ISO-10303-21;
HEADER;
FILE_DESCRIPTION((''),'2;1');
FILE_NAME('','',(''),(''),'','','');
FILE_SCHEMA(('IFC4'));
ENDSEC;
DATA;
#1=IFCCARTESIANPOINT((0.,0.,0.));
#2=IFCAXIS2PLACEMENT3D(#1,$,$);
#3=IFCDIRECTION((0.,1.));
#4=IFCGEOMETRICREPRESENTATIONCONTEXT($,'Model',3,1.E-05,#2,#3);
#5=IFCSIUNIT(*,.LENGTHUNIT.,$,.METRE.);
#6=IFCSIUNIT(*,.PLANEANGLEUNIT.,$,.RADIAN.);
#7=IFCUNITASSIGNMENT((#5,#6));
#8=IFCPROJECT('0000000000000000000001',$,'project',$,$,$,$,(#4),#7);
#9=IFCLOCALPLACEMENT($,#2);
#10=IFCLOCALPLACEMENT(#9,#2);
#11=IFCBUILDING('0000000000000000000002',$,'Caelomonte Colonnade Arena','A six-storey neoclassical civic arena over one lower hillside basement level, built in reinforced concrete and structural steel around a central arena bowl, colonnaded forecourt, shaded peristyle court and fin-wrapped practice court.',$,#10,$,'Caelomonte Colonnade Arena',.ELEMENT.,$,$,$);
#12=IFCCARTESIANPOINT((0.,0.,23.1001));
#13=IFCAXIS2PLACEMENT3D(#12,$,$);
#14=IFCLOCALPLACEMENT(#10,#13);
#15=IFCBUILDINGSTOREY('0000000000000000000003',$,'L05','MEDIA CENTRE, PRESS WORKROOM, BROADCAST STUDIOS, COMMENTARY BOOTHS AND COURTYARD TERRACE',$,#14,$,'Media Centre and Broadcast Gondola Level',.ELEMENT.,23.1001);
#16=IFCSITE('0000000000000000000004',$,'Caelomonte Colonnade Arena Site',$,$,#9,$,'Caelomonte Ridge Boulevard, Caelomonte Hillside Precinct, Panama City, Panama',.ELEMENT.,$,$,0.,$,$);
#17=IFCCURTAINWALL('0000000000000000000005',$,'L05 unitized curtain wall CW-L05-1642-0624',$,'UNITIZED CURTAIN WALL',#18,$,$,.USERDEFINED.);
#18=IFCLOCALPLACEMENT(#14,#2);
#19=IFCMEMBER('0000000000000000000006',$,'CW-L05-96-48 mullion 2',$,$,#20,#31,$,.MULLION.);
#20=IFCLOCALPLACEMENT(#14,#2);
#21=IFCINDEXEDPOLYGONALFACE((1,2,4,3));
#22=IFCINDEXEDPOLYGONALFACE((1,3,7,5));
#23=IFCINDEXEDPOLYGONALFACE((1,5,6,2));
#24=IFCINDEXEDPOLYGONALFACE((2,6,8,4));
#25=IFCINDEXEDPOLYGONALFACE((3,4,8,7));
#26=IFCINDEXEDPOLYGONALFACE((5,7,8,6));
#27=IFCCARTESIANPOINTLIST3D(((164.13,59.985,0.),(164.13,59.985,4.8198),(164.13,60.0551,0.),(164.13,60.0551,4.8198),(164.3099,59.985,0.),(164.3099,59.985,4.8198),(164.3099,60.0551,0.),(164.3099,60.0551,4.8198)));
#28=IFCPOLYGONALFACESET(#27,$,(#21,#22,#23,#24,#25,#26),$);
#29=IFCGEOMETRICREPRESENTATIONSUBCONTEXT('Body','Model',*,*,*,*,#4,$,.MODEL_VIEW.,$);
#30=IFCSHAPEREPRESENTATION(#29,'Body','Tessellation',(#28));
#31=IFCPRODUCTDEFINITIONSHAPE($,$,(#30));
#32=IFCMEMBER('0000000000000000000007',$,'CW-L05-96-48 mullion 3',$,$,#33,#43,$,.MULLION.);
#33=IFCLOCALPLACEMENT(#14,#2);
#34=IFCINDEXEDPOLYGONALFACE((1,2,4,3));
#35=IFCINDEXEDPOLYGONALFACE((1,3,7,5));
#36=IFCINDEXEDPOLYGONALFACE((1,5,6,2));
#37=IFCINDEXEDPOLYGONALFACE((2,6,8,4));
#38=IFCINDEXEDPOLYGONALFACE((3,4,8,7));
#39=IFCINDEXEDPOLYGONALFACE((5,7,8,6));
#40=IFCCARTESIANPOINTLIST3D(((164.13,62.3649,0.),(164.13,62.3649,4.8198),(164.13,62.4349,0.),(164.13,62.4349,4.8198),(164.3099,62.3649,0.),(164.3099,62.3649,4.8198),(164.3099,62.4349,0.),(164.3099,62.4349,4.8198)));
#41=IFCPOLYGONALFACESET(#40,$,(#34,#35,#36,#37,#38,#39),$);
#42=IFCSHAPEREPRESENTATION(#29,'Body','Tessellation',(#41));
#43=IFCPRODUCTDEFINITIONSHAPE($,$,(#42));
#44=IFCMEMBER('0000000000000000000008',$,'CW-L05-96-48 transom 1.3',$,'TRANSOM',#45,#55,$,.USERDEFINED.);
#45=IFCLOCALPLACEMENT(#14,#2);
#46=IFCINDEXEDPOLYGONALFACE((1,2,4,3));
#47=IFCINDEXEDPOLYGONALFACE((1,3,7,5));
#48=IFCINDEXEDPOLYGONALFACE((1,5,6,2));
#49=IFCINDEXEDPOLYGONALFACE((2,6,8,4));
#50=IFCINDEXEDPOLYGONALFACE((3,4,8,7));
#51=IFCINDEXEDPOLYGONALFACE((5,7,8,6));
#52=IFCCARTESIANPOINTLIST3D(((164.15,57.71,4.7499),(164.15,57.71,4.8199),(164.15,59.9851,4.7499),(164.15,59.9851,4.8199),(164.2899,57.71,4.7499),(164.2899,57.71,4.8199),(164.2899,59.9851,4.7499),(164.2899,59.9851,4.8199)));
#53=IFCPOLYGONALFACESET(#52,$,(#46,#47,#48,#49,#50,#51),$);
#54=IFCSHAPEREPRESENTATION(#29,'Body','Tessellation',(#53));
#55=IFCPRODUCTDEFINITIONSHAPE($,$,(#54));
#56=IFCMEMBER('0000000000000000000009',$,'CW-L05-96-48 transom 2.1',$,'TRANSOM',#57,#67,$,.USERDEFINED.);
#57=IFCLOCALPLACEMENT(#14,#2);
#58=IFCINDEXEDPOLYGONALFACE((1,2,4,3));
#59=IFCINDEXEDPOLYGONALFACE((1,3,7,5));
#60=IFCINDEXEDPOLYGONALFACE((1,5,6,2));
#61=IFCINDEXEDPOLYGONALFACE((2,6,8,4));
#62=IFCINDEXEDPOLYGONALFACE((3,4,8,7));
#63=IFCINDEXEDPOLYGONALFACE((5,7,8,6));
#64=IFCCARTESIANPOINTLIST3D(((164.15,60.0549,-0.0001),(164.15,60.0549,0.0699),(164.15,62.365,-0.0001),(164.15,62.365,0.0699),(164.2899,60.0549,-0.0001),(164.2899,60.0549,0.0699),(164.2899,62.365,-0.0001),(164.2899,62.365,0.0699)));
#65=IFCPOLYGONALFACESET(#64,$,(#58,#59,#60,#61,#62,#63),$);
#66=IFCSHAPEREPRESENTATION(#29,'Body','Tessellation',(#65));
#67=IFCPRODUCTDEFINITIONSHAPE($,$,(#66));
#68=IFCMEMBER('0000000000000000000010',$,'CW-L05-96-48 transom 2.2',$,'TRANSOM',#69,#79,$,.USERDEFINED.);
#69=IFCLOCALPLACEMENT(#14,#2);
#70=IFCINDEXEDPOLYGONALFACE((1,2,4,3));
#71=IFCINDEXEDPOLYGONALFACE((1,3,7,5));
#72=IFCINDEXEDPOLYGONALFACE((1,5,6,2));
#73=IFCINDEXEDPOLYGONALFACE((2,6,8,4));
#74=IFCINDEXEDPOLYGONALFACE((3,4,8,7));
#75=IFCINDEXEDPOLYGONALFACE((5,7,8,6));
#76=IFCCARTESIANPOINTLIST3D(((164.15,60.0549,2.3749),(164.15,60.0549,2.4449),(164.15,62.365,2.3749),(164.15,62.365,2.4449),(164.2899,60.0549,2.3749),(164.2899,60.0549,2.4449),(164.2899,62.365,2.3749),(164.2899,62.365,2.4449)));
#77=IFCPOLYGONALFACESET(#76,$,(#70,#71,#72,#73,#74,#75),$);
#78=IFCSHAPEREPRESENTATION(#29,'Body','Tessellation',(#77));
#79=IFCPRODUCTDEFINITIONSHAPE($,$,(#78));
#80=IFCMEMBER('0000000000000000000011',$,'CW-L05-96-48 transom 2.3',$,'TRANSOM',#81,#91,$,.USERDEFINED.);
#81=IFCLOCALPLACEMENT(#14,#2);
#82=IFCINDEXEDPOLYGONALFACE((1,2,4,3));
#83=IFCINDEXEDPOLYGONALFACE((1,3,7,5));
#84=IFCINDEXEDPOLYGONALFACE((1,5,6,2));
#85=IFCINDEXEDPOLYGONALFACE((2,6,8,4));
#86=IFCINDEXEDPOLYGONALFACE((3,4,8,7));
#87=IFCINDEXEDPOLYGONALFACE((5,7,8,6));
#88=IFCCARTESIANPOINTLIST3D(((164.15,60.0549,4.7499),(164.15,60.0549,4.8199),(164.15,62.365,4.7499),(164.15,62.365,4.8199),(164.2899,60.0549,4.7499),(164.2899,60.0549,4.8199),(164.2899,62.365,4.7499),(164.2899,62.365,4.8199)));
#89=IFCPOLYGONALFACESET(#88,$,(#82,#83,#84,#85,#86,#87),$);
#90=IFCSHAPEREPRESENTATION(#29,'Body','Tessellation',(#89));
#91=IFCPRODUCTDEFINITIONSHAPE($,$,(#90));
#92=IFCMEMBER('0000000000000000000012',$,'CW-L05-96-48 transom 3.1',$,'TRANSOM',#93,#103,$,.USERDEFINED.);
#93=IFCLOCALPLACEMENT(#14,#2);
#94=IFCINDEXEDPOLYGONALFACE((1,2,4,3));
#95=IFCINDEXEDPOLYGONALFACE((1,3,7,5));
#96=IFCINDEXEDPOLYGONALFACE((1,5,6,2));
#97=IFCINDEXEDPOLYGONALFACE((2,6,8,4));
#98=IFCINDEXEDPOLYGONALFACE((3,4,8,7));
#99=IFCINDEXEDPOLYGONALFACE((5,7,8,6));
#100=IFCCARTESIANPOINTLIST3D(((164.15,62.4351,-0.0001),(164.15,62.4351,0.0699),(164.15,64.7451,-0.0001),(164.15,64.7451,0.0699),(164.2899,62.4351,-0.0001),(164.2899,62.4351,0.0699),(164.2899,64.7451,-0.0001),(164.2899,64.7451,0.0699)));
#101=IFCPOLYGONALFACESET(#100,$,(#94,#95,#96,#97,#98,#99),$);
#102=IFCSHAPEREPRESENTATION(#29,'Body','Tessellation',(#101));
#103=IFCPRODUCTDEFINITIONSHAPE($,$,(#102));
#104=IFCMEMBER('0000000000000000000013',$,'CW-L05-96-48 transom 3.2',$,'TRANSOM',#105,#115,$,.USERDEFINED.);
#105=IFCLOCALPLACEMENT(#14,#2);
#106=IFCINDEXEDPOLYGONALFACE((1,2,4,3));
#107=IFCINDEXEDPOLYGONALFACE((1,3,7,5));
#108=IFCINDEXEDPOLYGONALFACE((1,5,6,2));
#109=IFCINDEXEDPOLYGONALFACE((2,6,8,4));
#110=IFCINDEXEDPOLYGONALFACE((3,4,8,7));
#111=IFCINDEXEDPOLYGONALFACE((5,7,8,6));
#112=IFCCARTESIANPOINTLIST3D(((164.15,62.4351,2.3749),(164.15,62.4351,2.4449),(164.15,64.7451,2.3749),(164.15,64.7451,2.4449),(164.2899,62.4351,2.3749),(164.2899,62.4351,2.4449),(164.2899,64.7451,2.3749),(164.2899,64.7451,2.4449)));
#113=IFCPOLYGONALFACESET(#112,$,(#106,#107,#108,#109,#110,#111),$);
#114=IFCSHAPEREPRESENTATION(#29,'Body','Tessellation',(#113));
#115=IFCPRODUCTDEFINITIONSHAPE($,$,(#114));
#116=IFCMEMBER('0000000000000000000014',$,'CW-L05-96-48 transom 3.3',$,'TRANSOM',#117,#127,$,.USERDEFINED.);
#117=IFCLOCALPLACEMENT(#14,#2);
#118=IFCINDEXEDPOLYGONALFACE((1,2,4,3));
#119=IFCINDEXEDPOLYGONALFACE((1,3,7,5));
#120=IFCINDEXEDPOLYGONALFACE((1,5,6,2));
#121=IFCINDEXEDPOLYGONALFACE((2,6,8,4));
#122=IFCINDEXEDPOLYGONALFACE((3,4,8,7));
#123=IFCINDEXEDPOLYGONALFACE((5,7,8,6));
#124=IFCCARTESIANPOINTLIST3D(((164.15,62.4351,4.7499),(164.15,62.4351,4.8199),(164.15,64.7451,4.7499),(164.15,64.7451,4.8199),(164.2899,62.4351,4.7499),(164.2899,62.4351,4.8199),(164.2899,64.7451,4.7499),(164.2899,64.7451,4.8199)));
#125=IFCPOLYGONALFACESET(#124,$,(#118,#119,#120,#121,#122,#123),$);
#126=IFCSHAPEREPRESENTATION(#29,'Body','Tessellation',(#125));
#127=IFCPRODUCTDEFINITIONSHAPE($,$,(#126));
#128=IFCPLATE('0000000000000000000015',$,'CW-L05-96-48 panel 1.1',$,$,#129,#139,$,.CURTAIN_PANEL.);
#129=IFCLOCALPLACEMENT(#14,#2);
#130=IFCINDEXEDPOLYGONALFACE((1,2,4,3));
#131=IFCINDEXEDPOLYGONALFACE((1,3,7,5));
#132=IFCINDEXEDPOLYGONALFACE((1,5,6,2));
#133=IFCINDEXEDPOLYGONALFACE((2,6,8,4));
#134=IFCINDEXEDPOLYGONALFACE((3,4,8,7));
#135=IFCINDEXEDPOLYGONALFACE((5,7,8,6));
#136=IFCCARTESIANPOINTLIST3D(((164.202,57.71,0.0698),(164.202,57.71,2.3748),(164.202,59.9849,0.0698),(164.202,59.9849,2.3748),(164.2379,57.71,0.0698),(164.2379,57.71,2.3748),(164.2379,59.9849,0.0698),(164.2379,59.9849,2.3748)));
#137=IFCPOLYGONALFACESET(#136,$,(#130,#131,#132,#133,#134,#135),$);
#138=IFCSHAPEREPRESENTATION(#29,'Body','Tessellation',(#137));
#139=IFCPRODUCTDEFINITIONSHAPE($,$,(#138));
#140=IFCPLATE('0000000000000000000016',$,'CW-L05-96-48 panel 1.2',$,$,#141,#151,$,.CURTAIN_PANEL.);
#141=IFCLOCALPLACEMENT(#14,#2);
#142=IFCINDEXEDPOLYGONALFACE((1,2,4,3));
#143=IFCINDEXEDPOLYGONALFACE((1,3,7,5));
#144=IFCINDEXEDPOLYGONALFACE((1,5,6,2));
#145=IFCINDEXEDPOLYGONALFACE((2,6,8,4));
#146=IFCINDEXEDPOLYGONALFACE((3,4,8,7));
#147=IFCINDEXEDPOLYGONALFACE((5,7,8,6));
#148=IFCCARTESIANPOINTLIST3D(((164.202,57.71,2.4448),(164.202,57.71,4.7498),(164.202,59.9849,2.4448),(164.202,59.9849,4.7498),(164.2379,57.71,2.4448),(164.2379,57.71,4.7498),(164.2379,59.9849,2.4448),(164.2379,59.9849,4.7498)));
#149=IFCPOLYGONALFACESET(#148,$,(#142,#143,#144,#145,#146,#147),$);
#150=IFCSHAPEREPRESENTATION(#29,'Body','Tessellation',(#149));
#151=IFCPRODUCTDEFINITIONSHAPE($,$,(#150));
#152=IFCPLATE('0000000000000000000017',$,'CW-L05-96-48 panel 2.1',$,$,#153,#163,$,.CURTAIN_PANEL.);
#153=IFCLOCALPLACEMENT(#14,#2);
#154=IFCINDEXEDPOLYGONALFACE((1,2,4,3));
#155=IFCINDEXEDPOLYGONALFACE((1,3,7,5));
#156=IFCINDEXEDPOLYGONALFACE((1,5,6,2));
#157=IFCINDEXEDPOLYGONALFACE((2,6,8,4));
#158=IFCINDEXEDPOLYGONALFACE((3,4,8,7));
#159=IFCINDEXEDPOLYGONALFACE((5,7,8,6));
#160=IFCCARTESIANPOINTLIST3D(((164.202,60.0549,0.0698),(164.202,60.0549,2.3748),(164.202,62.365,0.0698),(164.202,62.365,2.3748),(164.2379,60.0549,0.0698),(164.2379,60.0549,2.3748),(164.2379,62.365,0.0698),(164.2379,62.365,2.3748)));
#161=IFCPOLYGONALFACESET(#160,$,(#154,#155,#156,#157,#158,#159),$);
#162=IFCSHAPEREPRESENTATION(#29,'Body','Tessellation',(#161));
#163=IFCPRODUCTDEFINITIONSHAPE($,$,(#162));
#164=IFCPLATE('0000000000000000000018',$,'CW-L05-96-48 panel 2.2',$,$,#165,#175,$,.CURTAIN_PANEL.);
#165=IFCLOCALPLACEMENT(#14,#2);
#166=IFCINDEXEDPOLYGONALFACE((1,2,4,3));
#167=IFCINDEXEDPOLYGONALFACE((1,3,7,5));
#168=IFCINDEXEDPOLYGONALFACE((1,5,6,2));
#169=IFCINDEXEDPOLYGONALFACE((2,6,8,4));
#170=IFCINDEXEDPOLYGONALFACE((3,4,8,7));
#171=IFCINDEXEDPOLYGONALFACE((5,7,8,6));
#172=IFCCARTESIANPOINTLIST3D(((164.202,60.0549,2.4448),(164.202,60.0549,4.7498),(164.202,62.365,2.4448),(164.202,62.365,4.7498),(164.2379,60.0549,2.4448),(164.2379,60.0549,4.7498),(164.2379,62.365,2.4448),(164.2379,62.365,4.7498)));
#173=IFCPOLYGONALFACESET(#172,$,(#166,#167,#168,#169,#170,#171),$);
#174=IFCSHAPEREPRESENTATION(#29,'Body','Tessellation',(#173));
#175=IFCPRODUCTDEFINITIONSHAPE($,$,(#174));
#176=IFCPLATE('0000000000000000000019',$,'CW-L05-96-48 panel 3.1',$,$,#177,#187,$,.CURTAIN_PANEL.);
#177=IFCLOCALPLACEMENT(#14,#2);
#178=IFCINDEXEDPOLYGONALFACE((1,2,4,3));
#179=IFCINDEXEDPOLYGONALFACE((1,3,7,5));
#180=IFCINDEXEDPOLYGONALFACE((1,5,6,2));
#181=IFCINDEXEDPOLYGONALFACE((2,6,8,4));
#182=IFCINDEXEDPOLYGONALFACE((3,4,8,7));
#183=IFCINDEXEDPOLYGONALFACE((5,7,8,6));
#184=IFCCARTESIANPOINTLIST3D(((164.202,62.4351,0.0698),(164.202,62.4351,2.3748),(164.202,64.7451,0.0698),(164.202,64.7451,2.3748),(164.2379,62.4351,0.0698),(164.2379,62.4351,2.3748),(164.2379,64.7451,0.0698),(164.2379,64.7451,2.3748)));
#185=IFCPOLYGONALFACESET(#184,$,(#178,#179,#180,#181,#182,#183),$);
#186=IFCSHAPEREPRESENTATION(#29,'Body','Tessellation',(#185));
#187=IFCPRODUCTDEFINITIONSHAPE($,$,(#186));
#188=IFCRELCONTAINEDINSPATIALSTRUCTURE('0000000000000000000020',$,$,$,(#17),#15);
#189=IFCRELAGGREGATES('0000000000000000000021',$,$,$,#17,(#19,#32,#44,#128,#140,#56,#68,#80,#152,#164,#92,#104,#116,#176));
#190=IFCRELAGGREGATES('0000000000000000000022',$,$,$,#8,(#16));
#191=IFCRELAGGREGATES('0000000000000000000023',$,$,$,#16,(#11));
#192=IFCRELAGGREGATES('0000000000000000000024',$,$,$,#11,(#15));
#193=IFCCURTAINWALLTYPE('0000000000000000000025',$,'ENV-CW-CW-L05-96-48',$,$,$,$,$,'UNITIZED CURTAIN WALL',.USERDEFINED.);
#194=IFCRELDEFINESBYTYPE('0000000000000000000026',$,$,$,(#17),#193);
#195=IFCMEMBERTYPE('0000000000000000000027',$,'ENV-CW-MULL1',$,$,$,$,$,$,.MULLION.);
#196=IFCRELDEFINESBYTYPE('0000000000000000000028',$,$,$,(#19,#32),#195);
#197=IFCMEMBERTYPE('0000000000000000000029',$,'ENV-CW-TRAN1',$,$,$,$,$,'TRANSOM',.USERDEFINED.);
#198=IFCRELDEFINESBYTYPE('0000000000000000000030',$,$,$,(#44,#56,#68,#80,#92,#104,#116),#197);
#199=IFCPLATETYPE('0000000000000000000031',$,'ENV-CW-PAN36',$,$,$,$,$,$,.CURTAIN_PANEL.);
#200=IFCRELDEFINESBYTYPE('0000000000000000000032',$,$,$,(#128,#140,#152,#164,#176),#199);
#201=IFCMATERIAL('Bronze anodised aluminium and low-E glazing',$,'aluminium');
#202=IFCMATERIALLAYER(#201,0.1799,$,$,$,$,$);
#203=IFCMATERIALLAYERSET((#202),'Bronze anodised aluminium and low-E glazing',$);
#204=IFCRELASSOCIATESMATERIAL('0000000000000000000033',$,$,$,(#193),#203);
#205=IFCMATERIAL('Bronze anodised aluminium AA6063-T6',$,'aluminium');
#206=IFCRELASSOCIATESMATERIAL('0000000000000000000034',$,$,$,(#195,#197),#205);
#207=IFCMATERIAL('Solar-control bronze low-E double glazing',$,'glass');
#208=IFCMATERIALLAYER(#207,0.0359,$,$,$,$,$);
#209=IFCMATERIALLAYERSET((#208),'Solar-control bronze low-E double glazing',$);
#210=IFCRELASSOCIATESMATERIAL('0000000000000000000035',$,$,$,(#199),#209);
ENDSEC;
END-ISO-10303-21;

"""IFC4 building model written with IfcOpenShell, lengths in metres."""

from ifc_helpers import new_model, si_unit, direction, frame, origin, origin_2d, place, context, subcontext, project, spatial, rectangle, extrude, material, layer, layer_set, material_profile, profile_set, type_object, element, aggregate, save


model = new_model("IFC4")

# Units and contexts
model_context = context("Model", 3, precision=1e-05, world=origin(), true_north=direction((0.0, 1.0)))
body_context = subcontext(model_context, "Body", "Model", "MODEL_VIEW")
ifc_project = project(units=[si_unit("LENGTHUNIT", "METRE"), si_unit("PLANEANGLEUNIT", "RADIAN")], contexts=[model_context])

# Site, building, storey
site_placement = place(None, origin())
site = spatial("IfcSite", under=ifc_project, at=site_placement, Name="Caelomonte Colonnade Arena Site", LongName="Caelomonte Ridge Boulevard, Caelomonte Hillside Precinct, Panama City, Panama", CompositionType="ELEMENT", RefElevation=0.0)
building_placement = place(site_placement, origin())
building = spatial("IfcBuilding", under=site, at=building_placement, Name="Caelomonte Colonnade Arena", Description="A six-storey neoclassical civic arena over one lower hillside basement level, built in reinforced concrete and structural steel around a central arena bowl, colonnaded forecourt, shaded peristyle court and fin-wrapped practice court.", LongName="Caelomonte Colonnade Arena", CompositionType="ELEMENT")
storey_placement = place(building_placement, frame((0.0, 0.0, 23.1001)))
storey = spatial("IfcBuildingStorey", under=building, at=storey_placement, Name="L05", Description="MEDIA CENTRE, PRESS WORKROOM, BROADCAST STUDIOS, COMMENTARY BOOTHS AND COURTYARD TERRACE", LongName="Media Centre and Broadcast Gondola Level", CompositionType="ELEMENT", Elevation=23.1001)

# Curtain wall, members, plates
ifc_material_1 = material(Name="Bronze anodised aluminium and low-E glazing", Category="aluminium")
ifc_layer_1 = layer(ifc_material_1, 0.1799)
ifc_layer_set_1 = layer_set([ifc_layer_1], Name="Bronze anodised aluminium and low-E glazing")
curtain_wall_type = type_object("IfcCurtainWallType", Name="ENV-CW-CW-L05-96-48", ElementType="UNITIZED CURTAIN WALL", PredefinedType="USERDEFINED", material=ifc_layer_set_1)
curtain_wall_placement = place(storey_placement, origin())
curtain_wall = element("IfcCurtainWall", 1, at=curtain_wall_placement, inside=storey, type_object=curtain_wall_type, Name="L05 unitized curtain wall CW-L05-1642-0624", ObjectType="UNITIZED CURTAIN WALL", PredefinedType="USERDEFINED")
ifc_material_2 = material(Name="Bronze anodised aluminium AA6063-T6", Category="aluminium")
ifc_material_profile_1 = material_profile(ifc_material_2, rectangle(XDim=0.0701, YDim=0.1799, at=origin_2d()), Name="CWM-70X180")
ifc_profile_set_1 = profile_set([ifc_material_profile_1], Name="Bronze anodised aluminium AA6063-T6")
member_type_1 = type_object("IfcMemberType", Name="ENV-CW-MULL1", PredefinedType="MULLION", material=ifc_profile_set_1)
member_1_placement = place(storey_placement, frame((164.22, 60.02, 0.0), z_axis=(0.0, 0.0, 1.0), x_axis=(0.0, 1.0, 0.0)))
member_1 = element("IfcMember", 2, at=member_1_placement, type_object=member_type_1, Name="CW-L05-96-48 mullion 2", PredefinedType="MULLION", context=body_context, shape_type="SweptSolid", body=[
    extrude(rectangle(XDim=0.0701, YDim=0.1799, at=origin_2d()), origin(), (0.0, 0.0, 1.0), 4.8198),
])
member_2_placement = place(storey_placement, frame((164.22, 62.3999, 0.0), z_axis=(0.0, 0.0, 1.0), x_axis=(0.0, 1.0, 0.0)))
member_2 = element("IfcMember", 3, at=member_2_placement, type_object=member_type_1, Name="CW-L05-96-48 mullion 3", PredefinedType="MULLION", context=body_context, shape_type="SweptSolid", body=[
    extrude(rectangle(XDim=0.0701, YDim=0.1799, at=origin_2d()), origin(), (0.0, 0.0, 1.0), 4.8198),
])
ifc_material_profile_2 = material_profile(ifc_material_2, rectangle(XDim=0.0701, YDim=0.1399, at=origin_2d()), Name="CWT-70X140")
ifc_profile_set_2 = profile_set([ifc_material_profile_2], Name="Bronze anodised aluminium AA6063-T6")
member_type_2 = type_object("IfcMemberType", Name="ENV-CW-TRAN1", ElementType="TRANSOM", PredefinedType="USERDEFINED", material=ifc_profile_set_2)
member_3_placement = place(storey_placement, frame((164.22, 57.71, 4.7849), z_axis=(0.0, 1.0, 0.0), x_axis=(0.0, 0.0, 1.0)))
member_3 = element("IfcMember", 4, at=member_3_placement, type_object=member_type_2, Name="CW-L05-96-48 transom 1.3", ObjectType="TRANSOM", PredefinedType="USERDEFINED", context=body_context, shape_type="SweptSolid", body=[
    extrude(rectangle(XDim=0.0701, YDim=0.1399, at=origin_2d()), origin(), (0.0, 0.0, 1.0), 2.2751),
])
member_4_placement = place(storey_placement, frame((164.22, 60.0549, 0.0349), z_axis=(0.0, 1.0, 0.0), x_axis=(0.0, 0.0, 1.0)))
member_4 = element("IfcMember", 5, at=member_4_placement, type_object=member_type_2, Name="CW-L05-96-48 transom 2.1", ObjectType="TRANSOM", PredefinedType="USERDEFINED", context=body_context, shape_type="SweptSolid", body=[
    extrude(rectangle(XDim=0.0701, YDim=0.1399, at=origin_2d()), origin(), (0.0, 0.0, 1.0), 2.3101),
])
member_5_placement = place(storey_placement, frame((164.22, 60.0549, 2.4099), z_axis=(0.0, 1.0, 0.0), x_axis=(0.0, 0.0, 1.0)))
member_5 = element("IfcMember", 6, at=member_5_placement, type_object=member_type_2, Name="CW-L05-96-48 transom 2.2", ObjectType="TRANSOM", PredefinedType="USERDEFINED", context=body_context, shape_type="SweptSolid", body=[
    extrude(rectangle(XDim=0.0701, YDim=0.1399, at=origin_2d()), origin(), (0.0, 0.0, 1.0), 2.3101),
])
member_6_placement = place(storey_placement, frame((164.22, 60.0549, 4.7849), z_axis=(0.0, 1.0, 0.0), x_axis=(0.0, 0.0, 1.0)))
member_6 = element("IfcMember", 7, at=member_6_placement, type_object=member_type_2, Name="CW-L05-96-48 transom 2.3", ObjectType="TRANSOM", PredefinedType="USERDEFINED", context=body_context, shape_type="SweptSolid", body=[
    extrude(rectangle(XDim=0.0701, YDim=0.1399, at=origin_2d()), origin(), (0.0, 0.0, 1.0), 2.3101),
])
member_7_placement = place(storey_placement, frame((164.22, 62.4351, 0.0349), z_axis=(0.0, 1.0, 0.0), x_axis=(0.0, 0.0, 1.0)))
member_7 = element("IfcMember", 8, at=member_7_placement, type_object=member_type_2, Name="CW-L05-96-48 transom 3.1", ObjectType="TRANSOM", PredefinedType="USERDEFINED", context=body_context, shape_type="SweptSolid", body=[
    extrude(rectangle(XDim=0.0701, YDim=0.1399, at=origin_2d()), origin(), (0.0, 0.0, 1.0), 2.3101),
])
member_8_placement = place(storey_placement, frame((164.22, 62.4351, 2.4099), z_axis=(0.0, 1.0, 0.0), x_axis=(0.0, 0.0, 1.0)))
member_8 = element("IfcMember", 9, at=member_8_placement, type_object=member_type_2, Name="CW-L05-96-48 transom 3.2", ObjectType="TRANSOM", PredefinedType="USERDEFINED", context=body_context, shape_type="SweptSolid", body=[
    extrude(rectangle(XDim=0.0701, YDim=0.1399, at=origin_2d()), origin(), (0.0, 0.0, 1.0), 2.3101),
])
member_9_placement = place(storey_placement, frame((164.22, 62.4351, 4.7849), z_axis=(0.0, 1.0, 0.0), x_axis=(0.0, 0.0, 1.0)))
member_9 = element("IfcMember", 10, at=member_9_placement, type_object=member_type_2, Name="CW-L05-96-48 transom 3.3", ObjectType="TRANSOM", PredefinedType="USERDEFINED", context=body_context, shape_type="SweptSolid", body=[
    extrude(rectangle(XDim=0.0701, YDim=0.1399, at=origin_2d()), origin(), (0.0, 0.0, 1.0), 2.3101),
])
ifc_material_3 = material(Name="Solar-control bronze low-E double glazing", Category="glass")
ifc_layer_2 = layer(ifc_material_3, 0.0359)
ifc_layer_set_2 = layer_set([ifc_layer_2], Name="Solar-control bronze low-E double glazing")
plate_type = type_object("IfcPlateType", Name="ENV-CW-PAN36", PredefinedType="CURTAIN_PANEL", material=ifc_layer_set_2)
plate_1_placement = place(storey_placement, frame((164.22, 58.8474, 0.0698), z_axis=(0.0, 0.0, 1.0), x_axis=(0.0, 1.0, 0.0)))
plate_1 = element("IfcPlate", 11, at=plate_1_placement, type_object=plate_type, Name="CW-L05-96-48 panel 1.1", PredefinedType="CURTAIN_PANEL", context=body_context, shape_type="SweptSolid", body=[
    extrude(rectangle(XDim=2.2749, YDim=0.0359, at=origin_2d()), origin(), (0.0, 0.0, 1.0), 2.3049),
])
plate_2_placement = place(storey_placement, frame((164.22, 58.8474, 2.4448), z_axis=(0.0, 0.0, 1.0), x_axis=(0.0, 1.0, 0.0)))
plate_2 = element("IfcPlate", 12, at=plate_2_placement, type_object=plate_type, Name="CW-L05-96-48 panel 1.2", PredefinedType="CURTAIN_PANEL", context=body_context, shape_type="SweptSolid", body=[
    extrude(rectangle(XDim=2.2749, YDim=0.0359, at=origin_2d()), origin(), (0.0, 0.0, 1.0), 2.3049),
])
plate_3_placement = place(storey_placement, frame((164.22, 61.21, 0.0698), z_axis=(0.0, 0.0, 1.0), x_axis=(0.0, 1.0, 0.0)))
plate_3 = element("IfcPlate", 13, at=plate_3_placement, type_object=plate_type, Name="CW-L05-96-48 panel 2.1", PredefinedType="CURTAIN_PANEL", context=body_context, shape_type="SweptSolid", body=[
    extrude(rectangle(XDim=2.3101, YDim=0.0359, at=origin_2d()), origin(), (0.0, 0.0, 1.0), 2.3049),
])
plate_4_placement = place(storey_placement, frame((164.22, 61.21, 2.4448), z_axis=(0.0, 0.0, 1.0), x_axis=(0.0, 1.0, 0.0)))
plate_4 = element("IfcPlate", 14, at=plate_4_placement, type_object=plate_type, Name="CW-L05-96-48 panel 2.2", PredefinedType="CURTAIN_PANEL", context=body_context, shape_type="SweptSolid", body=[
    extrude(rectangle(XDim=2.3101, YDim=0.0359, at=origin_2d()), origin(), (0.0, 0.0, 1.0), 2.3049),
])
plate_5_placement = place(storey_placement, frame((164.22, 63.5901, 0.0698), z_axis=(0.0, 0.0, 1.0), x_axis=(0.0, 1.0, 0.0)))
plate_5 = element("IfcPlate", 15, at=plate_5_placement, type_object=plate_type, Name="CW-L05-96-48 panel 3.1", PredefinedType="CURTAIN_PANEL", context=body_context, shape_type="SweptSolid", body=[
    extrude(rectangle(XDim=2.3101, YDim=0.0359, at=origin_2d()), origin(), (0.0, 0.0, 1.0), 2.3049),
])
aggregate(curtain_wall, [member_1, member_2, member_3, plate_1, plate_2, member_4, member_5, member_6, plate_3, plate_4, member_7, member_8, member_9, plate_5])

save(model, "model.ifc")
